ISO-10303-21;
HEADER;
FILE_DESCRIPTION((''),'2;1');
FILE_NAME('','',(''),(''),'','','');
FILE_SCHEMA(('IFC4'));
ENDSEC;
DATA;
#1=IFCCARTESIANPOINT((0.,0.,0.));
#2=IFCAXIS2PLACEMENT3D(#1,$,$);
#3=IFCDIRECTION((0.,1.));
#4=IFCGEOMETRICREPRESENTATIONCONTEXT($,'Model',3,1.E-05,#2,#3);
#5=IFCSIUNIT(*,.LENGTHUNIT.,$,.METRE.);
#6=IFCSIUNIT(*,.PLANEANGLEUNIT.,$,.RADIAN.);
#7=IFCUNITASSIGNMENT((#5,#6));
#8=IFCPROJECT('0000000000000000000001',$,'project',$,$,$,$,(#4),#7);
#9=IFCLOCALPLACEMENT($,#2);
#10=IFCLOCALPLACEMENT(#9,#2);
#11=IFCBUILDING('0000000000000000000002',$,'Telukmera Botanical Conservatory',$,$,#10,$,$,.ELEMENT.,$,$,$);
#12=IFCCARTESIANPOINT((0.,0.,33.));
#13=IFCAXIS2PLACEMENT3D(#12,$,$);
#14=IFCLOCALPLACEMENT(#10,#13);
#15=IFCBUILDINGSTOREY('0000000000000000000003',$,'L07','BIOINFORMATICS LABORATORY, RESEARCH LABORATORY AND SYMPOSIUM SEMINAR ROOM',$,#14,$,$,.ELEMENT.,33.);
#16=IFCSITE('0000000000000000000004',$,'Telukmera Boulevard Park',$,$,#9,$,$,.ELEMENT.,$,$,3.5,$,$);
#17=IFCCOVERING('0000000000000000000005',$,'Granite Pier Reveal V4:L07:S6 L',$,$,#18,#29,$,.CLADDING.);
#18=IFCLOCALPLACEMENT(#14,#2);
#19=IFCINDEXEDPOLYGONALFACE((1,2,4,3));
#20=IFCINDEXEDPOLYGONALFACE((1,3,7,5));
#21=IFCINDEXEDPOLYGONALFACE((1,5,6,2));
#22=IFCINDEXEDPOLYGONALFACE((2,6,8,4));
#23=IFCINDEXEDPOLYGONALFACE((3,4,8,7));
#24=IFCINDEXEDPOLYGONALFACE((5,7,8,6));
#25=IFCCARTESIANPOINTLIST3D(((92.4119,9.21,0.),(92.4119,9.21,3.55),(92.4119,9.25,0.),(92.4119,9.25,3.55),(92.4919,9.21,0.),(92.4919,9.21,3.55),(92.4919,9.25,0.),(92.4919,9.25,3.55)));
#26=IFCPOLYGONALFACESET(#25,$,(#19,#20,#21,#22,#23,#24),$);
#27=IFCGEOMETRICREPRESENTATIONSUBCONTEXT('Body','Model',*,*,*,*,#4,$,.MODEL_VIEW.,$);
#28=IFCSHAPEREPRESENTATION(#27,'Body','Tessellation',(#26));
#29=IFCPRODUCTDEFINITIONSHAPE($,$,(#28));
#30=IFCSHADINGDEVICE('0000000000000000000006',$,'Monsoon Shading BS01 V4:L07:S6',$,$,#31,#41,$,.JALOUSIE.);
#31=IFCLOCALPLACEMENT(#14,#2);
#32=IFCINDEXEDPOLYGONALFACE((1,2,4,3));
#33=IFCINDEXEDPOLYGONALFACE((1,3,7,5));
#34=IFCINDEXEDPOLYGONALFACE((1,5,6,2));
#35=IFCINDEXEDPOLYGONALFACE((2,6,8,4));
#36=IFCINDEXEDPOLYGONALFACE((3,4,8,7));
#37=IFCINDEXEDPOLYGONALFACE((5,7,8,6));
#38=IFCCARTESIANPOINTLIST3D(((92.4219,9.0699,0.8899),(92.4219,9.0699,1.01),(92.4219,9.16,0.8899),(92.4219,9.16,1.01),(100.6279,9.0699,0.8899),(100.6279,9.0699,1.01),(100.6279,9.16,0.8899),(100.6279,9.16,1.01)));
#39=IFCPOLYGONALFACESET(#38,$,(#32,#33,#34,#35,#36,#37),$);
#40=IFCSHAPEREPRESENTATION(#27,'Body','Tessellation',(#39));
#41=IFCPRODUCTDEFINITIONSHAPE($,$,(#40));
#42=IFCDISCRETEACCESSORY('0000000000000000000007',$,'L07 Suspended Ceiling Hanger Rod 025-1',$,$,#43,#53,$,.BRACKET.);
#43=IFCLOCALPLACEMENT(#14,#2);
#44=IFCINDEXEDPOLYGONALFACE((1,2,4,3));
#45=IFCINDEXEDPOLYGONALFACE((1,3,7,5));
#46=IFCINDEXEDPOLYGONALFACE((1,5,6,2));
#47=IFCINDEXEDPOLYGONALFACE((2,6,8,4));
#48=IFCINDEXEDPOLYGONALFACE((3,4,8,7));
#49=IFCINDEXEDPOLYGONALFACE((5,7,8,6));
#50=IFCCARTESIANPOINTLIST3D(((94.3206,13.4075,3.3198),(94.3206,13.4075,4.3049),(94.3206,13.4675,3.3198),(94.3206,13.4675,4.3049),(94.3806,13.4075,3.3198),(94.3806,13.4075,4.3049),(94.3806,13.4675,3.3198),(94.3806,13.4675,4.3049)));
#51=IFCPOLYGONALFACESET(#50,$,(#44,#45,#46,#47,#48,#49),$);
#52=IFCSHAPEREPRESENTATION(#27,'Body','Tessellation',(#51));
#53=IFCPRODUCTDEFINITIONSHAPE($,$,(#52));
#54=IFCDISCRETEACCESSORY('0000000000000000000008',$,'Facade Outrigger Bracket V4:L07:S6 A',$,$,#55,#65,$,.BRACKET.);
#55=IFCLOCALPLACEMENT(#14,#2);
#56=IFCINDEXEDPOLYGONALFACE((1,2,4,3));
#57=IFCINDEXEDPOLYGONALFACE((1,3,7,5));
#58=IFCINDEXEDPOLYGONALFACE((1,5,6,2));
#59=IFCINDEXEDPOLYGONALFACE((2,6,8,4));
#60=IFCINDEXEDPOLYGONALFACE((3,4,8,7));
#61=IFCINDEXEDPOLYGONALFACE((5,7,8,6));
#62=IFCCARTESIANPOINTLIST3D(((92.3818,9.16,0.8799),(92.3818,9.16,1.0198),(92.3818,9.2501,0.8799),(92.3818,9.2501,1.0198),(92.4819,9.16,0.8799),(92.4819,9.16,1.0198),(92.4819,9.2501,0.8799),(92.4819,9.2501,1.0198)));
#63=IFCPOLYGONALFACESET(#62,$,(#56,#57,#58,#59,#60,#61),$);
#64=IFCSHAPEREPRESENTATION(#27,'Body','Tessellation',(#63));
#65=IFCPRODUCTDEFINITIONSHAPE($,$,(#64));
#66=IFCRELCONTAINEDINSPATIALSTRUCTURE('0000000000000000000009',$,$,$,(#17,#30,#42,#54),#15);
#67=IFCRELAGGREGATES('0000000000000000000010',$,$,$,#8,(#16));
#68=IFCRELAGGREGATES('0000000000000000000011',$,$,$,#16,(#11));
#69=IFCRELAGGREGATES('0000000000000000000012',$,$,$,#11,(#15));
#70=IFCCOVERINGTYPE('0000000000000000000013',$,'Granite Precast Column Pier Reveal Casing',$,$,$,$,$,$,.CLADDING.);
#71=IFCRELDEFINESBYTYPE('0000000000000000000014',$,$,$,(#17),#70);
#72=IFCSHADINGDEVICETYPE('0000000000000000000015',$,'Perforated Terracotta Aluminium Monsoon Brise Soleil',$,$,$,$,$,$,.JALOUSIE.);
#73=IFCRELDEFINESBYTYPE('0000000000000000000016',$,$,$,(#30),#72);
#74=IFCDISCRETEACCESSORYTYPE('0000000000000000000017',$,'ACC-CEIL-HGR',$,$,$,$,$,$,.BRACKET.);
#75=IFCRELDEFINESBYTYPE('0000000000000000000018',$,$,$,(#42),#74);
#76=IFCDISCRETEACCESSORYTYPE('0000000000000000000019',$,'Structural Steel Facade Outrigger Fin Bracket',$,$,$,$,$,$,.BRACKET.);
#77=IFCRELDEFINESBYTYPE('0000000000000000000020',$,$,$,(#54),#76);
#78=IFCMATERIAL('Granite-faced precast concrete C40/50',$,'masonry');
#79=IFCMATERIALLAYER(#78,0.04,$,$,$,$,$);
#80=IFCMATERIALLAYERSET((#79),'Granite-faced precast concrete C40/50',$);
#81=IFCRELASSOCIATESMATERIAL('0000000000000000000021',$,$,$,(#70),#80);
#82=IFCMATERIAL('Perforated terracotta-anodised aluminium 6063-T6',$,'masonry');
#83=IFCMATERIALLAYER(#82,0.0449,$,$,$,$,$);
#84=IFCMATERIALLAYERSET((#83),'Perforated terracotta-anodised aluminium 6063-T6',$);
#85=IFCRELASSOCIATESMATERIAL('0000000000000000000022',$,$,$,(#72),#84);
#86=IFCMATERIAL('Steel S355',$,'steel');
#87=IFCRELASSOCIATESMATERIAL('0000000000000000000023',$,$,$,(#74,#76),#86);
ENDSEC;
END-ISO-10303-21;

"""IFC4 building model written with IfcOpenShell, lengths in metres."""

from ifc_helpers import new_model, si_unit, direction, frame, origin, origin_2d, place, context, subcontext, project, spatial, rectangle, extrude, material, layer, layer_set, type_object, element, save


model = new_model("IFC4")

# Units and contexts
model_context = context("Model", 3, precision=1e-05, world=origin(), true_north=direction((0.0, 1.0)))
body_context = subcontext(model_context, "Body", "Model", "MODEL_VIEW")
ifc_project = project(units=[si_unit("LENGTHUNIT", "METRE"), si_unit("PLANEANGLEUNIT", "RADIAN")], contexts=[model_context])

# Site, building, storey
site_placement = place(None, origin())
site = spatial("IfcSite", under=ifc_project, at=site_placement, Name="Telukmera Boulevard Park", CompositionType="ELEMENT", RefElevation=3.5)
building_placement = place(site_placement, origin())
building = spatial("IfcBuilding", under=site, at=building_placement, Name="Telukmera Botanical Conservatory", CompositionType="ELEMENT")
storey_placement = place(building_placement, frame((0.0, 0.0, 33.0)))
storey = spatial("IfcBuildingStorey", under=building, at=storey_placement, Name="L07", Description="BIOINFORMATICS LABORATORY, RESEARCH LABORATORY AND SYMPOSIUM SEMINAR ROOM", CompositionType="ELEMENT", Elevation=33.0)

# Covering
ifc_material_1 = material(Name="Granite-faced precast concrete C40/50", Category="masonry")
ifc_layer_1 = layer(ifc_material_1, 0.04)
ifc_layer_set_1 = layer_set([ifc_layer_1], Name="Granite-faced precast concrete C40/50")
covering_type = type_object("IfcCoveringType", Name="Granite Precast Column Pier Reveal Casing", PredefinedType="CLADDING", material=ifc_layer_set_1)
covering_placement = place(storey_placement, frame((92.4519, 9.23, 0.0), z_axis=(0.0, 0.0, 1.0), x_axis=(1.0, 0.0, 0.0)))
element("IfcCovering", 1, at=covering_placement, inside=storey, type_object=covering_type, Name="Granite Pier Reveal V4:L07:S6 L", PredefinedType="CLADDING", context=body_context, shape_type="SweptSolid", body=[
    extrude(rectangle(XDim=0.0801, YDim=0.04, at=origin_2d()), origin(), (0.0, 0.0, 1.0), 3.55),
])

# Shading device
ifc_material_2 = material(Name="Perforated terracotta-anodised aluminium 6063-T6", Category="masonry")
ifc_layer_2 = layer(ifc_material_2, 0.0449)
ifc_layer_set_2 = layer_set([ifc_layer_2], Name="Perforated terracotta-anodised aluminium 6063-T6")
shading_device_type = type_object("IfcShadingDeviceType", Name="Perforated Terracotta Aluminium Monsoon Brise Soleil", PredefinedType="JALOUSIE", material=ifc_layer_set_2)
shading_device_placement = place(storey_placement, frame((96.5249, 9.115, 0.8899), z_axis=(0.0, 0.0, 1.0), x_axis=(1.0, 0.0, 0.0)))
element("IfcShadingDevice", 2, at=shading_device_placement, inside=storey, type_object=shading_device_type, Name="Monsoon Shading BS01 V4:L07:S6", PredefinedType="JALOUSIE", context=body_context, shape_type="SweptSolid", body=[
    extrude(rectangle(XDim=8.2061, YDim=0.0901, at=origin_2d()), origin(), (0.0, 0.0, 1.0), 0.1201),
])

# Discrete accessories
ifc_material_3 = material(Name="Steel S355", Category="steel")
discrete_accessory_type_1 = type_object("IfcDiscreteAccessoryType", Name="ACC-CEIL-HGR", PredefinedType="BRACKET", material=ifc_material_3)
discrete_accessory_1_placement = place(storey_placement, frame((94.3506, 13.4375, 3.3198), z_axis=(0.0, 0.0, 1.0), x_axis=(1.0, 0.0, 0.0)))
element("IfcDiscreteAccessory", 3, at=discrete_accessory_1_placement, inside=storey, type_object=discrete_accessory_type_1, Name="L07 Suspended Ceiling Hanger Rod 025-1", PredefinedType="BRACKET", context=body_context, shape_type="SweptSolid", body=[
    extrude(rectangle(XDim=0.0601, YDim=0.0601, at=origin_2d()), origin(), (0.0, 0.0, 1.0), 0.9851),
])
discrete_accessory_type_2 = type_object("IfcDiscreteAccessoryType", Name="Structural Steel Facade Outrigger Fin Bracket", PredefinedType="BRACKET", material=ifc_material_3)
discrete_accessory_2_placement = place(storey_placement, frame((92.4319, 9.2051, 0.8799), z_axis=(0.0, 0.0, 1.0), x_axis=(1.0, 0.0, 0.0)))
element("IfcDiscreteAccessory", 4, at=discrete_accessory_2_placement, inside=storey, type_object=discrete_accessory_type_2, Name="Facade Outrigger Bracket V4:L07:S6 A", PredefinedType="BRACKET", context=body_context, shape_type="SweptSolid", body=[
    extrude(rectangle(XDim=0.1001, YDim=0.0901, at=origin_2d()), origin(), (0.0, 0.0, 1.0), 0.1399),
])

save(model, "model.ifc")
